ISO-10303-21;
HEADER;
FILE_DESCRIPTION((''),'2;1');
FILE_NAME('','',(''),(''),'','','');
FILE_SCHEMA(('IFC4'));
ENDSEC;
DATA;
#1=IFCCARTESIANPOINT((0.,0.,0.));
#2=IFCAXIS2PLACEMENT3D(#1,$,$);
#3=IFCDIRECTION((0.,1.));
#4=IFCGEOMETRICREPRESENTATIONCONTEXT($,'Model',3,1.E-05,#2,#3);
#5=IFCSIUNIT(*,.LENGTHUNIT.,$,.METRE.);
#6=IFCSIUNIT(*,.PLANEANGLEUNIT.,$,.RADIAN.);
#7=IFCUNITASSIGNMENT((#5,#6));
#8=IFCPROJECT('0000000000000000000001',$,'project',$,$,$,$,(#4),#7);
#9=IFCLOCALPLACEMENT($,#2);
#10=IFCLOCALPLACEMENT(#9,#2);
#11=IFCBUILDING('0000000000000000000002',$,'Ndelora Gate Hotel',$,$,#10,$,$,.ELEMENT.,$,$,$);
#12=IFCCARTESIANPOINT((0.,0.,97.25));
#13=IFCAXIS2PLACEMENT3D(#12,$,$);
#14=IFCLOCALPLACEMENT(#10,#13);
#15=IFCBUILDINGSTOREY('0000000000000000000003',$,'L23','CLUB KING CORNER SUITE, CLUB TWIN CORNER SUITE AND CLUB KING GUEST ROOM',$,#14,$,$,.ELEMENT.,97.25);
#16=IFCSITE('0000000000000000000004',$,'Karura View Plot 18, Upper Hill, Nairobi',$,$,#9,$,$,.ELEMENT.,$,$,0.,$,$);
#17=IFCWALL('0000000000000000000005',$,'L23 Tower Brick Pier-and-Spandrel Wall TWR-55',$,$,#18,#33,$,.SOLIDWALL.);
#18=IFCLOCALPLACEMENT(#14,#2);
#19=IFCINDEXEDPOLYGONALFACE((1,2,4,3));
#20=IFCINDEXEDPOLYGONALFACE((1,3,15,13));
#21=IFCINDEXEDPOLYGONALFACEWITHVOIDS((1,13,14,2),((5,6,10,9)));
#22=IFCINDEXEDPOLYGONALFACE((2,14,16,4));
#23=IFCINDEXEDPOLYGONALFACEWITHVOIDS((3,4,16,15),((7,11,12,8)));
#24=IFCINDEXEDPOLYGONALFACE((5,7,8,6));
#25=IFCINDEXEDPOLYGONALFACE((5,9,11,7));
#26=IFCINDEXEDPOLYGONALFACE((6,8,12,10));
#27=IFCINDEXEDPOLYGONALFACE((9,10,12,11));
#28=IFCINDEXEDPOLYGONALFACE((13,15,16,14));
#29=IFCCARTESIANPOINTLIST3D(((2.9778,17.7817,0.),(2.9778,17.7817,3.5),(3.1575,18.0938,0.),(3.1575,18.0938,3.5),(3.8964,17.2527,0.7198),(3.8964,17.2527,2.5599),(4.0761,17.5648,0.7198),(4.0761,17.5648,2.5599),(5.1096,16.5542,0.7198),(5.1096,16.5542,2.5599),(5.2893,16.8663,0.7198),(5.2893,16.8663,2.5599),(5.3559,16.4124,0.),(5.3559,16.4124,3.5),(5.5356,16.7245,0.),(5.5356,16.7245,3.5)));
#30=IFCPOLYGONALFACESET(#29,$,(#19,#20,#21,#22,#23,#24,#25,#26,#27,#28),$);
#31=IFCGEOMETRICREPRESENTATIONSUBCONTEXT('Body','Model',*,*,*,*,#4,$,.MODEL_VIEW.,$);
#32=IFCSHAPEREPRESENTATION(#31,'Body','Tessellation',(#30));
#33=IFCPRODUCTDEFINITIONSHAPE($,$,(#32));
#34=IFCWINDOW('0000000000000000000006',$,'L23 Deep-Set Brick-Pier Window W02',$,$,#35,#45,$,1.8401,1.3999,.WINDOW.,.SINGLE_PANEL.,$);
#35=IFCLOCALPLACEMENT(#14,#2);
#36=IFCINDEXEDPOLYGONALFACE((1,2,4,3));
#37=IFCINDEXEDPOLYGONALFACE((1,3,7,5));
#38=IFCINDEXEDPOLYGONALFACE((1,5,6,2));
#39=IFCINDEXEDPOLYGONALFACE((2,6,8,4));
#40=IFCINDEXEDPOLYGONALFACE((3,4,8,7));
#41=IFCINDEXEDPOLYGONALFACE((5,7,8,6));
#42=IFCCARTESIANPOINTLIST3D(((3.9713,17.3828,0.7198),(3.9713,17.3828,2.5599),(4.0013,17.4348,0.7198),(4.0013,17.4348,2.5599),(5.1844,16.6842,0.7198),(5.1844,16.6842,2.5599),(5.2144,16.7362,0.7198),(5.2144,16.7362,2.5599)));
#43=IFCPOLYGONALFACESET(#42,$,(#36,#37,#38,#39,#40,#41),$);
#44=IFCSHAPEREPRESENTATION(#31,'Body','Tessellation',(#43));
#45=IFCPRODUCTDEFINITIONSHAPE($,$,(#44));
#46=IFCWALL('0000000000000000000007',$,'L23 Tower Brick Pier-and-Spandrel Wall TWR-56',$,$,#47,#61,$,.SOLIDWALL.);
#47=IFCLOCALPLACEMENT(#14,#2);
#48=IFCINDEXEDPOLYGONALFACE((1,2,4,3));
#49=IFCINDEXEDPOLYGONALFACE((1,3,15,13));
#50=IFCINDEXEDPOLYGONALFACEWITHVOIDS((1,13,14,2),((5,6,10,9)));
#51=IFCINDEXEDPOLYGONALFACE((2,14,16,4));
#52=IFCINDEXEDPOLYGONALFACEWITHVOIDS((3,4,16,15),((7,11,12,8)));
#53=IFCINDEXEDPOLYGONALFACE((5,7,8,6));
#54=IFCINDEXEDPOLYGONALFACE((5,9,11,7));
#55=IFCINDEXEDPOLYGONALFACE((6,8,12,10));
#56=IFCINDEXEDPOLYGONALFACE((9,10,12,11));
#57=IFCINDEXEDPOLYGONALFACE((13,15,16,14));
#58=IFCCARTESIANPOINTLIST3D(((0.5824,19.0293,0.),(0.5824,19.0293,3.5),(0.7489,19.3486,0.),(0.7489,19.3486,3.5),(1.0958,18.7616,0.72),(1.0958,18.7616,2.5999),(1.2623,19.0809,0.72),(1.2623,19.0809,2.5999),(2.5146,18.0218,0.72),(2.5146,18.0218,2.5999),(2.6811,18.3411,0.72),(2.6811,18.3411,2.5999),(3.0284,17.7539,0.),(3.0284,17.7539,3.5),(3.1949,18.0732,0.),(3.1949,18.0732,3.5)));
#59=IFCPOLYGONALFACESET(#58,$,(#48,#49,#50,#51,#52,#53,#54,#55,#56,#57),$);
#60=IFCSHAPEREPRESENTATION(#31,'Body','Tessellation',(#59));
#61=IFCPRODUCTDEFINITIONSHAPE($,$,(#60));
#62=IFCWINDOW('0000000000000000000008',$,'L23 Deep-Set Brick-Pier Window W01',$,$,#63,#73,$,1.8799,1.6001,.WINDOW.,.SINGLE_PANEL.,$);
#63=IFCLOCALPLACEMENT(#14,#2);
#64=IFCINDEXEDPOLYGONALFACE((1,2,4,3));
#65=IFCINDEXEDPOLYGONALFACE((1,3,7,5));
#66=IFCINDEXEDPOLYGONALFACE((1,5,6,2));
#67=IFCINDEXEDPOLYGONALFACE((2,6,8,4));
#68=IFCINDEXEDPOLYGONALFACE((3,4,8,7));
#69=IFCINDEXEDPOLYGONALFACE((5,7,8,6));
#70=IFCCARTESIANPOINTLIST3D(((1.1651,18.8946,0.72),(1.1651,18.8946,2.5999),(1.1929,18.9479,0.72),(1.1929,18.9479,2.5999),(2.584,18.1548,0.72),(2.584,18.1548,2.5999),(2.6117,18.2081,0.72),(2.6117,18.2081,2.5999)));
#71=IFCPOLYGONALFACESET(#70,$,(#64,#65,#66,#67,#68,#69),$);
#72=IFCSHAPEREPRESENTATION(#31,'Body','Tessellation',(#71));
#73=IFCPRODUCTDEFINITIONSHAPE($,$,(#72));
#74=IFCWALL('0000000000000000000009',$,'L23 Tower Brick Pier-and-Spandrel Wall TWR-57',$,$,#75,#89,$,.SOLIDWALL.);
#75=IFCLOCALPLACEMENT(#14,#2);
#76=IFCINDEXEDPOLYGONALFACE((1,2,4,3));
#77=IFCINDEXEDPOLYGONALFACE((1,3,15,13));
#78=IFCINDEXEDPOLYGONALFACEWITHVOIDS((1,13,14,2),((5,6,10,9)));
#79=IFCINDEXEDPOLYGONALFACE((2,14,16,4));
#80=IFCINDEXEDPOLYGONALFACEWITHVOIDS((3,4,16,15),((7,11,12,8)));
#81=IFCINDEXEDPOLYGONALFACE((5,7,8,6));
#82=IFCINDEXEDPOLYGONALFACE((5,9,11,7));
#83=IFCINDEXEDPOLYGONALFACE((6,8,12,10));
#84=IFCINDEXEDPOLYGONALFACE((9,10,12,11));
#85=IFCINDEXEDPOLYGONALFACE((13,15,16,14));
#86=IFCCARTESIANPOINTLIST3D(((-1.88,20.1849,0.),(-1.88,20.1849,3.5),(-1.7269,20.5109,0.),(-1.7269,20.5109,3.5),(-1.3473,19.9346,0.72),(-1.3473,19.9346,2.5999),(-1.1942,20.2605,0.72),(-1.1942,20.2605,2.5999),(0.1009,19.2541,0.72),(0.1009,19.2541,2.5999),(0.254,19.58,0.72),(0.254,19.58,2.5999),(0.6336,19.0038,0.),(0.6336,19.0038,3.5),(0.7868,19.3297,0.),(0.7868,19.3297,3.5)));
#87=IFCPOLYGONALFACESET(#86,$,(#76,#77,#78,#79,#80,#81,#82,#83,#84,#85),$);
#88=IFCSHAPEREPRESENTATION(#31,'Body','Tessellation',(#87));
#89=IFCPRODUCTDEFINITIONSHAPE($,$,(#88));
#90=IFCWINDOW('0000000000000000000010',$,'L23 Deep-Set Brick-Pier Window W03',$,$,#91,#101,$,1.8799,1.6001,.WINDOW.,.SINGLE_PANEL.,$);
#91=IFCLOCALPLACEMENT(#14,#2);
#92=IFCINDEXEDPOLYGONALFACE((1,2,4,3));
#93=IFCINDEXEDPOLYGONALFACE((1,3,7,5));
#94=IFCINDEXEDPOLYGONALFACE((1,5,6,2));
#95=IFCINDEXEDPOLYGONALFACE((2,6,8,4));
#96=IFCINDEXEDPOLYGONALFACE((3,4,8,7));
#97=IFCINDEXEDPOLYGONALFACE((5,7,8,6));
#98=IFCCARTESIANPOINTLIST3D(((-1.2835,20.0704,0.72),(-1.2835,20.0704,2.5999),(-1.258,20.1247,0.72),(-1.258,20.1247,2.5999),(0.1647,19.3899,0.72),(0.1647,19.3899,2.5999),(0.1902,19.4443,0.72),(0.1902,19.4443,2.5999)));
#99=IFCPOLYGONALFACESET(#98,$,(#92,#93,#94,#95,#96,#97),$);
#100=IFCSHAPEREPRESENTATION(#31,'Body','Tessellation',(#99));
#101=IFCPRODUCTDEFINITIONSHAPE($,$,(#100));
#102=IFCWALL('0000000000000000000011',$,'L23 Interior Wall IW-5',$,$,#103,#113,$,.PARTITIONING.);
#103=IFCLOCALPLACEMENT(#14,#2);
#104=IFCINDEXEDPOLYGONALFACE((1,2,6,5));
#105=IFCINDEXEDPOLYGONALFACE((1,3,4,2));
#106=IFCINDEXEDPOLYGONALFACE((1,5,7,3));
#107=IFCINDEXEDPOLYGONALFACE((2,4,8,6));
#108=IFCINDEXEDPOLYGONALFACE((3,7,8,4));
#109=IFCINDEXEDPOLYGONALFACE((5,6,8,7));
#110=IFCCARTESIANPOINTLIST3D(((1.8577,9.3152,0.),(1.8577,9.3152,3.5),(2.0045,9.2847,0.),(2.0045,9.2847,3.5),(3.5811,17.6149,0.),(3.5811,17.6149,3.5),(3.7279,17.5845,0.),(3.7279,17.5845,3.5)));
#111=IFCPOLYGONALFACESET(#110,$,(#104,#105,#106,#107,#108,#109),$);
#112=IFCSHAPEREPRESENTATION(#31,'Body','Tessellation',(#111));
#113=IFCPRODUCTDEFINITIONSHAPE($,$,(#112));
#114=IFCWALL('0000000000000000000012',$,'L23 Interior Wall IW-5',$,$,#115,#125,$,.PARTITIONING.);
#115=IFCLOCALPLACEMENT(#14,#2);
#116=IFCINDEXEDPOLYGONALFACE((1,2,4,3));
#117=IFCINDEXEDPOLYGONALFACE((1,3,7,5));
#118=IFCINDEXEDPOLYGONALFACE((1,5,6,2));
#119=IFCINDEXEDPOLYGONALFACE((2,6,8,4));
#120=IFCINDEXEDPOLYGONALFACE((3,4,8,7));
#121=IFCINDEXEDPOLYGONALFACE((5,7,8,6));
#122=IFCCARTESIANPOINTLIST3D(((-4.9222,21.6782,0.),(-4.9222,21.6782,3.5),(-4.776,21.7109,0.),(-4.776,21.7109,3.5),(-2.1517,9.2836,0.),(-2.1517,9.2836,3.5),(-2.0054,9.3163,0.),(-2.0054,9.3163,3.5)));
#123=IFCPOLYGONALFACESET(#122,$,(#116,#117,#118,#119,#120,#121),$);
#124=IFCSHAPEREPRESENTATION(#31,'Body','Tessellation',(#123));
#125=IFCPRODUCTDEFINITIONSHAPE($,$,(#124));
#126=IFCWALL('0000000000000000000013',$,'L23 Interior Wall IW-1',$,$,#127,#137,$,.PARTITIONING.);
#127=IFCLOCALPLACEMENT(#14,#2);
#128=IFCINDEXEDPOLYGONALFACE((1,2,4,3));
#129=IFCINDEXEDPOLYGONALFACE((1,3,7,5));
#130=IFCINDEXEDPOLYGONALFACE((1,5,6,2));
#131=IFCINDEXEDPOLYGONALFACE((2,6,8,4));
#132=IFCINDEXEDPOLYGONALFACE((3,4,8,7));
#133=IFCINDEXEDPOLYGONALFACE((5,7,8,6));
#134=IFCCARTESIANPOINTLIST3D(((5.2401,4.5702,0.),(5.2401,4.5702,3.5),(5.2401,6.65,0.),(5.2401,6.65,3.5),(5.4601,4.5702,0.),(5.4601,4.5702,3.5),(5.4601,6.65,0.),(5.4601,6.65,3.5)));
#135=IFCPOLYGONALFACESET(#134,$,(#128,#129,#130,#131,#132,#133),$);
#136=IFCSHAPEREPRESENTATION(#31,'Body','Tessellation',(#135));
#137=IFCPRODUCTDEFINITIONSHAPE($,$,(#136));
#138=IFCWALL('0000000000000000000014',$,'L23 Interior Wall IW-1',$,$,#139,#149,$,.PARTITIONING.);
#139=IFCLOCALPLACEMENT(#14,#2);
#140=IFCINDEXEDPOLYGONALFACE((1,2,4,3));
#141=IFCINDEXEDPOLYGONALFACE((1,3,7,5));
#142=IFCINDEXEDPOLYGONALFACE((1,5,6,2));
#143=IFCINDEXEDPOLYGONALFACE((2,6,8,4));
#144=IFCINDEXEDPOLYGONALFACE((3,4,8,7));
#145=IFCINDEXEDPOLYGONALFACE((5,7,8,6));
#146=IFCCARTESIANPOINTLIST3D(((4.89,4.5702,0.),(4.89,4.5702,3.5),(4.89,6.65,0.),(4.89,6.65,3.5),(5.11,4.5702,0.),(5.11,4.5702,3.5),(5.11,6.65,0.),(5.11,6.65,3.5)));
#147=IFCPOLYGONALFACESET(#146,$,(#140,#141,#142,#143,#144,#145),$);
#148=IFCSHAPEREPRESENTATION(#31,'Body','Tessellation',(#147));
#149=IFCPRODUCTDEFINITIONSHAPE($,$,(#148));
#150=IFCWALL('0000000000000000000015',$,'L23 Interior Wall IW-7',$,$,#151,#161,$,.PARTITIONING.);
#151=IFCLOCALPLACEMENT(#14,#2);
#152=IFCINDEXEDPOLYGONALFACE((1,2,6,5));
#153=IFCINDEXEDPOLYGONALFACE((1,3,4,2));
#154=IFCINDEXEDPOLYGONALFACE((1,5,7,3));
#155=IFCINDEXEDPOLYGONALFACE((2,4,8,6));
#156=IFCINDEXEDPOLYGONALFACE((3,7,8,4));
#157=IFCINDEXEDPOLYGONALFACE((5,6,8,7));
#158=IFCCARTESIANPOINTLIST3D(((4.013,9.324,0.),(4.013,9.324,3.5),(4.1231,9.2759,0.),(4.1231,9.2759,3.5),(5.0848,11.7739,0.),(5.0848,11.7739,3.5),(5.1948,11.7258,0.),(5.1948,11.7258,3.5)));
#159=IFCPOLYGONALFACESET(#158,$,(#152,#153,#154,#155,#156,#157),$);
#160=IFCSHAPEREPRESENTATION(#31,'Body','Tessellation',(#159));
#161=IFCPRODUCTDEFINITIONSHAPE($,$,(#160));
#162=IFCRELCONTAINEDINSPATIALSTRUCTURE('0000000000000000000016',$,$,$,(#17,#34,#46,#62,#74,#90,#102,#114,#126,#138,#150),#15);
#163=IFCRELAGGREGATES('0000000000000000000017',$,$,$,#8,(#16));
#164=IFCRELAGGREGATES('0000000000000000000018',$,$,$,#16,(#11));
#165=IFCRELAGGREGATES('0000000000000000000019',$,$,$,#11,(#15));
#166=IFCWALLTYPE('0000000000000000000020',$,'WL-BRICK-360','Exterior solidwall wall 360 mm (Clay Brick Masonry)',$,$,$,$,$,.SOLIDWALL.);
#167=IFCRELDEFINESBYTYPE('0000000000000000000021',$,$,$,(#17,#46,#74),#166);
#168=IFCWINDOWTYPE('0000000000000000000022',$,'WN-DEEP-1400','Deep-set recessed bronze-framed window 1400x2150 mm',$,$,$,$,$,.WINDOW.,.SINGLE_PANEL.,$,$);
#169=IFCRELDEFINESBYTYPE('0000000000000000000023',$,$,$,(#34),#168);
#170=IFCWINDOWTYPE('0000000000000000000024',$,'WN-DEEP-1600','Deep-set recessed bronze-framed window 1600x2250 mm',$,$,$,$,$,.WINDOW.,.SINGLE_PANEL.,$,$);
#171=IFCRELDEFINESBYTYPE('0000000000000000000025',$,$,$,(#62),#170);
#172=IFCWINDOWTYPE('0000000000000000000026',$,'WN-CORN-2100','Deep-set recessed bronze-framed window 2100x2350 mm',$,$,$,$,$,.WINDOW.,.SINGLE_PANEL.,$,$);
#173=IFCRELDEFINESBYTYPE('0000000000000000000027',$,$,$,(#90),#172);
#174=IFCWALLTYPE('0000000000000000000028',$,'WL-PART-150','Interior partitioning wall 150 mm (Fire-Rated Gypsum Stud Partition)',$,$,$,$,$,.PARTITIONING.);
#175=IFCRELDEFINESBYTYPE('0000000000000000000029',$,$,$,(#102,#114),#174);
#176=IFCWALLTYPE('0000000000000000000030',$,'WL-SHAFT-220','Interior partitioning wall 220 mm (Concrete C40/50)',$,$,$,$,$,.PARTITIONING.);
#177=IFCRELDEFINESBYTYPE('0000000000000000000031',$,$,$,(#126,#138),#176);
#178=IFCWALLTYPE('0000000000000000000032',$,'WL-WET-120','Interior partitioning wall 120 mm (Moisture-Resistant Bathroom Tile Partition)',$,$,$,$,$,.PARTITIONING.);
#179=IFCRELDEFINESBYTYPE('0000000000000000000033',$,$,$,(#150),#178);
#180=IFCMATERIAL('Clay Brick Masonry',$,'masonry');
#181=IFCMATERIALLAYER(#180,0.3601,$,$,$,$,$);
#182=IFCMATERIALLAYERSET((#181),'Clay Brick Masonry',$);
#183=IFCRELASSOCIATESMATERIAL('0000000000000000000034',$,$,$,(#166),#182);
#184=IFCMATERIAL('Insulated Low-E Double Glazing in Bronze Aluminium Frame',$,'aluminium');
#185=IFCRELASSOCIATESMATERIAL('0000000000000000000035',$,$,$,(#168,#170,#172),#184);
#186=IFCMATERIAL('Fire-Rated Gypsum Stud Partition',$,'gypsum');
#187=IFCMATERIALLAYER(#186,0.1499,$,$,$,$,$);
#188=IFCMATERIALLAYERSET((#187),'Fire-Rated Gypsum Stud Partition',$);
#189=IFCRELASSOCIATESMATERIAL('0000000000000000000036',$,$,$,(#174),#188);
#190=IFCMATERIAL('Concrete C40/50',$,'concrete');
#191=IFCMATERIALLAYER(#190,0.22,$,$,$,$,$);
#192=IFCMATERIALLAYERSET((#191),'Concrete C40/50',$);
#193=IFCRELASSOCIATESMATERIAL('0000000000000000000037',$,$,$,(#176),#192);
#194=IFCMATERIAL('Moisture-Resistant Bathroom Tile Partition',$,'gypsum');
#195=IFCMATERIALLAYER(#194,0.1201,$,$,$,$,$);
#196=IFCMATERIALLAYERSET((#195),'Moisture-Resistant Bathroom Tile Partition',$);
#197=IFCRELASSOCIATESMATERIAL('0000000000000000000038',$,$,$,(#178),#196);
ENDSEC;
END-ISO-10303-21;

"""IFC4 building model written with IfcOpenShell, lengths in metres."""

from ifc_helpers import new_model, si_unit, direction, frame, frame_2d, origin, place, context, subcontext, project, spatial, rectangle, extrude, material, layer, layer_set, type_object, element, fill, save


model = new_model("IFC4")

# Units and contexts
model_context = context("Model", 3, precision=1e-05, world=origin(), true_north=direction((0.0, 1.0)))
body_context = subcontext(model_context, "Body", "Model", "MODEL_VIEW")
ifc_project = project(units=[si_unit("LENGTHUNIT", "METRE"), si_unit("PLANEANGLEUNIT", "RADIAN")], contexts=[model_context])

# Site, building, storey
site_placement = place(None, origin())
site = spatial("IfcSite", under=ifc_project, at=site_placement, Name="Karura View Plot 18, Upper Hill, Nairobi", CompositionType="ELEMENT", RefElevation=0.0)
building_placement = place(site_placement, origin())
building = spatial("IfcBuilding", under=site, at=building_placement, Name="Ndelora Gate Hotel", CompositionType="ELEMENT")
storey_placement = place(building_placement, frame((0.0, 0.0, 97.25)))
storey = spatial("IfcBuildingStorey", under=building, at=storey_placement, Name="L23", Description="CLUB KING CORNER SUITE, CLUB TWIN CORNER SUITE AND CLUB KING GUEST ROOM", CompositionType="ELEMENT", Elevation=97.25)

# Walls, openings, windows
ifc_material_1 = material(Name="Clay Brick Masonry", Category="masonry")
ifc_layer_1 = layer(ifc_material_1, 0.3601)
ifc_layer_set_1 = layer_set([ifc_layer_1], Name="Clay Brick Masonry")
wall_type_1 = type_object("IfcWallType", Name="WL-BRICK-360", Description="Exterior solidwall wall 360 mm (Clay Brick Masonry)", PredefinedType="SOLIDWALL", material=ifc_layer_set_1)
ifc_material_2 = material(Name="Insulated Low-E Double Glazing in Bronze Aluminium Frame", Category="aluminium")
window_type_1 = type_object("IfcWindowType", Name="WN-DEEP-1400", Description="Deep-set recessed bronze-framed window 1400x2150 mm", PartitioningType="SINGLE_PANEL", PredefinedType="WINDOW", material=ifc_material_2)
wall_1_placement = place(storey_placement, frame((3.0676, 17.9377, 0.0), z_axis=(0.0, 0.0, 1.0), x_axis=(0.866601, -0.499001, 0.0)))
wall_1 = element("IfcWall", 1, at=wall_1_placement, inside=storey, type_object=wall_type_1, Name="L23 Tower Brick Pier-and-Spandrel Wall TWR-55", PredefinedType="SOLIDWALL", context=body_context, shape_type="SweptSolid", body=[
    extrude(rectangle(XDim=2.7441, YDim=0.3601, at=frame_2d((1.3721, 0.0))), origin(), (0.0, 0.0, 1.0), 3.5),
])
opening_1_placement = place(wall_1_placement, frame((1.0601, 0.0, 0.72)))
opening_1 = element("IfcOpeningElement", 2, at=opening_1_placement, cuts=wall_1, PredefinedType="OPENING", context=body_context, shape_type="SweptSolid", body=[
    extrude(rectangle(XDim=1.3999, YDim=1.8401, at=frame_2d((0.7, 0.9199))), frame((0.0, 0.1899, 0.0), z_axis=(0.0, -1.0, 0.0), x_axis=(1.0, 0.0, 0.0)), (0.0, 0.0, 1.0), 0.3801),
])
window_1_placement = place(opening_1_placement, origin())
window_1 = element("IfcWindow", 3, at=window_1_placement, inside=storey, type_object=window_type_1, Name="L23 Deep-Set Brick-Pier Window W02", OverallHeight=1.8401, OverallWidth=1.3999, PartitioningType="SINGLE_PANEL", PredefinedType="WINDOW", context=body_context, shape_type="SweptSolid", body=[
    extrude(rectangle(XDim=1.3999, YDim=1.8401, at=frame_2d((0.7, 0.9199))), frame((0.0, 0.03, 0.0), z_axis=(0.0, -1.0, 0.0), x_axis=(1.0, 0.0, 0.0)), (0.0, 0.0, 1.0), 0.0601),
])
fill(opening_1, window_1)
wall_2_placement = place(storey_placement, frame((0.6655, 19.189, 0.0), z_axis=(0.0, 0.0, 1.0), x_axis=(0.886705, -0.462336, 0.0)))
wall_2 = element("IfcWall", 4, at=wall_2_placement, inside=storey, type_object=wall_type_1, Name="L23 Tower Brick Pier-and-Spandrel Wall TWR-56", PredefinedType="SOLIDWALL", context=body_context, shape_type="SweptSolid", body=[
    extrude(rectangle(XDim=2.7585, YDim=0.3601, at=frame_2d((1.3794, 0.0))), origin(), (0.0, 0.0, 1.0), 3.5),
])
opening_2_placement = place(wall_2_placement, frame((0.5791, 0.0, 0.72)))
opening_2 = element("IfcOpeningElement", 5, at=opening_2_placement, cuts=wall_2, PredefinedType="OPENING", context=body_context, shape_type="SweptSolid", body=[
    extrude(rectangle(XDim=1.6001, YDim=1.8799, at=frame_2d((0.8, 0.9399))), frame((0.0, 0.1899, 0.0), z_axis=(0.0, -1.0, 0.0), x_axis=(1.0, 0.0, 0.0)), (0.0, 0.0, 1.0), 0.3801),
])
window_type_2 = type_object("IfcWindowType", Name="WN-DEEP-1600", Description="Deep-set recessed bronze-framed window 1600x2250 mm", PartitioningType="SINGLE_PANEL", PredefinedType="WINDOW", material=ifc_material_2)
window_2_placement = place(opening_2_placement, origin())
window_2 = element("IfcWindow", 6, at=window_2_placement, inside=storey, type_object=window_type_2, Name="L23 Deep-Set Brick-Pier Window W01", OverallHeight=1.8799, OverallWidth=1.6001, PartitioningType="SINGLE_PANEL", PredefinedType="WINDOW", context=body_context, shape_type="SweptSolid", body=[
    extrude(rectangle(XDim=1.6001, YDim=1.8799, at=frame_2d((0.8, 0.9399))), frame((0.0, 0.03, 0.0), z_axis=(0.0, -1.0, 0.0), x_axis=(1.0, 0.0, 0.0)), (0.0, 0.0, 1.0), 0.0601),
])
fill(opening_2, window_2)
wall_3_placement = place(storey_placement, frame((-1.8035, 20.3479, 0.0), z_axis=(0.0, 0.0, 1.0), x_axis=(0.905062, -0.42528, 0.0)))
wall_3 = element("IfcWall", 7, at=wall_3_placement, inside=storey, type_object=wall_type_1, Name="L23 Tower Brick Pier-and-Spandrel Wall TWR-57", PredefinedType="SOLIDWALL", context=body_context, shape_type="SweptSolid", body=[
    extrude(rectangle(XDim=2.7773, YDim=0.3601, at=frame_2d((1.3887, 0.0))), origin(), (0.0, 0.0, 1.0), 3.5),
])
opening_3_placement = place(wall_3_placement, frame((0.5886, 0.0, 0.72)))
opening_3 = element("IfcOpeningElement", 8, at=opening_3_placement, cuts=wall_3, PredefinedType="OPENING", context=body_context, shape_type="SweptSolid", body=[
    extrude(rectangle(XDim=1.6001, YDim=1.8799, at=frame_2d((0.8, 0.9399))), frame((0.0, 0.1899, 0.0), z_axis=(0.0, -1.0, 0.0), x_axis=(1.0, 0.0, 0.0)), (0.0, 0.0, 1.0), 0.3801),
])
window_type_3 = type_object("IfcWindowType", Name="WN-CORN-2100", Description="Deep-set recessed bronze-framed window 2100x2350 mm", PartitioningType="SINGLE_PANEL", PredefinedType="WINDOW", material=ifc_material_2)
window_3_placement = place(opening_3_placement, origin())
window_3 = element("IfcWindow", 9, at=window_3_placement, inside=storey, type_object=window_type_3, Name="L23 Deep-Set Brick-Pier Window W03", OverallHeight=1.8799, OverallWidth=1.6001, PartitioningType="SINGLE_PANEL", PredefinedType="WINDOW", context=body_context, shape_type="SweptSolid", body=[
    extrude(rectangle(XDim=1.6001, YDim=1.8799, at=frame_2d((0.8, 0.9399))), frame((0.0, 0.03, 0.0), z_axis=(0.0, -1.0, 0.0), x_axis=(1.0, 0.0, 0.0)), (0.0, 0.0, 1.0), 0.0601),
])
fill(opening_3, window_3)

# Walls
ifc_material_3 = material(Name="Fire-Rated Gypsum Stud Partition", Category="gypsum")
ifc_layer_2 = layer(ifc_material_3, 0.1499)
ifc_layer_set_2 = layer_set([ifc_layer_2], Name="Fire-Rated Gypsum Stud Partition")
wall_type_2 = type_object("IfcWallType", Name="WL-PART-150", Description="Interior partitioning wall 150 mm (Fire-Rated Gypsum Stud Partition)", PredefinedType="PARTITIONING", material=ifc_layer_set_2)
wall_4_placement = place(storey_placement, frame((1.9312, 9.3, 0.0), z_axis=(0.0, 0.0, 1.0), x_axis=(0.203306, 0.979115, 0.0)))
element("IfcWall", 10, at=wall_4_placement, inside=storey, type_object=wall_type_2, Name="L23 Interior Wall IW-5", PredefinedType="PARTITIONING", context=body_context, shape_type="SweptSolid", body=[
    extrude(rectangle(XDim=8.4768, YDim=0.1499, at=frame_2d((4.2383, 0.0))), origin(), (0.0, 0.0, 1.0), 3.5),
])
wall_5_placement = place(storey_placement, frame((-2.0786, 9.3, 0.0), z_axis=(0.0, 0.0, 1.0), x_axis=(-0.218143, 0.975917, 0.0)))
element("IfcWall", 11, at=wall_5_placement, inside=storey, type_object=wall_type_2, Name="L23 Interior Wall IW-5", PredefinedType="PARTITIONING", context=body_context, shape_type="SweptSolid", body=[
    extrude(rectangle(XDim=12.7004, YDim=0.1499, at=frame_2d((6.3501, 0.0))), origin(), (0.0, 0.0, 1.0), 3.5),
])
ifc_material_4 = material(Name="Concrete C40/50", Category="concrete")
ifc_layer_3 = layer(ifc_material_4, 0.22)
ifc_layer_set_3 = layer_set([ifc_layer_3], Name="Concrete C40/50")
wall_type_3 = type_object("IfcWallType", Name="WL-SHAFT-220", Description="Interior partitioning wall 220 mm (Concrete C40/50)", PredefinedType="PARTITIONING", material=ifc_layer_set_3)
for number, where, z_axis, x_axis, name in (
    (12, (5.3501, 4.5701, 0.0), (0.0, 0.0, 1.0), (0.0, 1.0, 0.0), "L23 Interior Wall IW-1"),
    (13, (5.0, 4.5701, 0.0), (0.0, 0.0, 1.0), (0.0, 1.0, 0.0), "L23 Interior Wall IW-1"),
):
    element("IfcWall", number, at=place(storey_placement, frame(where, z_axis=z_axis, x_axis=x_axis)), inside=storey, type_object=wall_type_3, Name=name, PredefinedType="PARTITIONING", context=body_context, shape_type="SweptSolid", body=[
        extrude(rectangle(XDim=2.0798, YDim=0.22, at=frame_2d((1.04, 0.0))), origin(), (0.0, 0.0, 1.0), 3.5),
    ])
ifc_material_5 = material(Name="Moisture-Resistant Bathroom Tile Partition", Category="gypsum")
ifc_layer_4 = layer(ifc_material_5, 0.1201)
ifc_layer_set_4 = layer_set([ifc_layer_4], Name="Moisture-Resistant Bathroom Tile Partition")
wall_type_4 = type_object("IfcWallType", Name="WL-WET-120", Description="Interior partitioning wall 120 mm (Moisture-Resistant Bathroom Tile Partition)", PredefinedType="PARTITIONING", material=ifc_layer_set_4)
wall_6_placement = place(storey_placement, frame((4.0681, 9.3, 0.0), z_axis=(0.0, 0.0, 1.0), x_axis=(0.400795, 0.916168, 0.0)))
element("IfcWall", 14, at=wall_6_placement, inside=storey, type_object=wall_type_4, Name="L23 Interior Wall IW-7", PredefinedType="PARTITIONING", context=body_context, shape_type="SweptSolid", body=[
    extrude(rectangle(XDim=2.6741, YDim=0.1201, at=frame_2d((1.3369, 0.0))), origin(), (0.0, 0.0, 1.0), 3.5),
])

save(model, "model.ifc")
